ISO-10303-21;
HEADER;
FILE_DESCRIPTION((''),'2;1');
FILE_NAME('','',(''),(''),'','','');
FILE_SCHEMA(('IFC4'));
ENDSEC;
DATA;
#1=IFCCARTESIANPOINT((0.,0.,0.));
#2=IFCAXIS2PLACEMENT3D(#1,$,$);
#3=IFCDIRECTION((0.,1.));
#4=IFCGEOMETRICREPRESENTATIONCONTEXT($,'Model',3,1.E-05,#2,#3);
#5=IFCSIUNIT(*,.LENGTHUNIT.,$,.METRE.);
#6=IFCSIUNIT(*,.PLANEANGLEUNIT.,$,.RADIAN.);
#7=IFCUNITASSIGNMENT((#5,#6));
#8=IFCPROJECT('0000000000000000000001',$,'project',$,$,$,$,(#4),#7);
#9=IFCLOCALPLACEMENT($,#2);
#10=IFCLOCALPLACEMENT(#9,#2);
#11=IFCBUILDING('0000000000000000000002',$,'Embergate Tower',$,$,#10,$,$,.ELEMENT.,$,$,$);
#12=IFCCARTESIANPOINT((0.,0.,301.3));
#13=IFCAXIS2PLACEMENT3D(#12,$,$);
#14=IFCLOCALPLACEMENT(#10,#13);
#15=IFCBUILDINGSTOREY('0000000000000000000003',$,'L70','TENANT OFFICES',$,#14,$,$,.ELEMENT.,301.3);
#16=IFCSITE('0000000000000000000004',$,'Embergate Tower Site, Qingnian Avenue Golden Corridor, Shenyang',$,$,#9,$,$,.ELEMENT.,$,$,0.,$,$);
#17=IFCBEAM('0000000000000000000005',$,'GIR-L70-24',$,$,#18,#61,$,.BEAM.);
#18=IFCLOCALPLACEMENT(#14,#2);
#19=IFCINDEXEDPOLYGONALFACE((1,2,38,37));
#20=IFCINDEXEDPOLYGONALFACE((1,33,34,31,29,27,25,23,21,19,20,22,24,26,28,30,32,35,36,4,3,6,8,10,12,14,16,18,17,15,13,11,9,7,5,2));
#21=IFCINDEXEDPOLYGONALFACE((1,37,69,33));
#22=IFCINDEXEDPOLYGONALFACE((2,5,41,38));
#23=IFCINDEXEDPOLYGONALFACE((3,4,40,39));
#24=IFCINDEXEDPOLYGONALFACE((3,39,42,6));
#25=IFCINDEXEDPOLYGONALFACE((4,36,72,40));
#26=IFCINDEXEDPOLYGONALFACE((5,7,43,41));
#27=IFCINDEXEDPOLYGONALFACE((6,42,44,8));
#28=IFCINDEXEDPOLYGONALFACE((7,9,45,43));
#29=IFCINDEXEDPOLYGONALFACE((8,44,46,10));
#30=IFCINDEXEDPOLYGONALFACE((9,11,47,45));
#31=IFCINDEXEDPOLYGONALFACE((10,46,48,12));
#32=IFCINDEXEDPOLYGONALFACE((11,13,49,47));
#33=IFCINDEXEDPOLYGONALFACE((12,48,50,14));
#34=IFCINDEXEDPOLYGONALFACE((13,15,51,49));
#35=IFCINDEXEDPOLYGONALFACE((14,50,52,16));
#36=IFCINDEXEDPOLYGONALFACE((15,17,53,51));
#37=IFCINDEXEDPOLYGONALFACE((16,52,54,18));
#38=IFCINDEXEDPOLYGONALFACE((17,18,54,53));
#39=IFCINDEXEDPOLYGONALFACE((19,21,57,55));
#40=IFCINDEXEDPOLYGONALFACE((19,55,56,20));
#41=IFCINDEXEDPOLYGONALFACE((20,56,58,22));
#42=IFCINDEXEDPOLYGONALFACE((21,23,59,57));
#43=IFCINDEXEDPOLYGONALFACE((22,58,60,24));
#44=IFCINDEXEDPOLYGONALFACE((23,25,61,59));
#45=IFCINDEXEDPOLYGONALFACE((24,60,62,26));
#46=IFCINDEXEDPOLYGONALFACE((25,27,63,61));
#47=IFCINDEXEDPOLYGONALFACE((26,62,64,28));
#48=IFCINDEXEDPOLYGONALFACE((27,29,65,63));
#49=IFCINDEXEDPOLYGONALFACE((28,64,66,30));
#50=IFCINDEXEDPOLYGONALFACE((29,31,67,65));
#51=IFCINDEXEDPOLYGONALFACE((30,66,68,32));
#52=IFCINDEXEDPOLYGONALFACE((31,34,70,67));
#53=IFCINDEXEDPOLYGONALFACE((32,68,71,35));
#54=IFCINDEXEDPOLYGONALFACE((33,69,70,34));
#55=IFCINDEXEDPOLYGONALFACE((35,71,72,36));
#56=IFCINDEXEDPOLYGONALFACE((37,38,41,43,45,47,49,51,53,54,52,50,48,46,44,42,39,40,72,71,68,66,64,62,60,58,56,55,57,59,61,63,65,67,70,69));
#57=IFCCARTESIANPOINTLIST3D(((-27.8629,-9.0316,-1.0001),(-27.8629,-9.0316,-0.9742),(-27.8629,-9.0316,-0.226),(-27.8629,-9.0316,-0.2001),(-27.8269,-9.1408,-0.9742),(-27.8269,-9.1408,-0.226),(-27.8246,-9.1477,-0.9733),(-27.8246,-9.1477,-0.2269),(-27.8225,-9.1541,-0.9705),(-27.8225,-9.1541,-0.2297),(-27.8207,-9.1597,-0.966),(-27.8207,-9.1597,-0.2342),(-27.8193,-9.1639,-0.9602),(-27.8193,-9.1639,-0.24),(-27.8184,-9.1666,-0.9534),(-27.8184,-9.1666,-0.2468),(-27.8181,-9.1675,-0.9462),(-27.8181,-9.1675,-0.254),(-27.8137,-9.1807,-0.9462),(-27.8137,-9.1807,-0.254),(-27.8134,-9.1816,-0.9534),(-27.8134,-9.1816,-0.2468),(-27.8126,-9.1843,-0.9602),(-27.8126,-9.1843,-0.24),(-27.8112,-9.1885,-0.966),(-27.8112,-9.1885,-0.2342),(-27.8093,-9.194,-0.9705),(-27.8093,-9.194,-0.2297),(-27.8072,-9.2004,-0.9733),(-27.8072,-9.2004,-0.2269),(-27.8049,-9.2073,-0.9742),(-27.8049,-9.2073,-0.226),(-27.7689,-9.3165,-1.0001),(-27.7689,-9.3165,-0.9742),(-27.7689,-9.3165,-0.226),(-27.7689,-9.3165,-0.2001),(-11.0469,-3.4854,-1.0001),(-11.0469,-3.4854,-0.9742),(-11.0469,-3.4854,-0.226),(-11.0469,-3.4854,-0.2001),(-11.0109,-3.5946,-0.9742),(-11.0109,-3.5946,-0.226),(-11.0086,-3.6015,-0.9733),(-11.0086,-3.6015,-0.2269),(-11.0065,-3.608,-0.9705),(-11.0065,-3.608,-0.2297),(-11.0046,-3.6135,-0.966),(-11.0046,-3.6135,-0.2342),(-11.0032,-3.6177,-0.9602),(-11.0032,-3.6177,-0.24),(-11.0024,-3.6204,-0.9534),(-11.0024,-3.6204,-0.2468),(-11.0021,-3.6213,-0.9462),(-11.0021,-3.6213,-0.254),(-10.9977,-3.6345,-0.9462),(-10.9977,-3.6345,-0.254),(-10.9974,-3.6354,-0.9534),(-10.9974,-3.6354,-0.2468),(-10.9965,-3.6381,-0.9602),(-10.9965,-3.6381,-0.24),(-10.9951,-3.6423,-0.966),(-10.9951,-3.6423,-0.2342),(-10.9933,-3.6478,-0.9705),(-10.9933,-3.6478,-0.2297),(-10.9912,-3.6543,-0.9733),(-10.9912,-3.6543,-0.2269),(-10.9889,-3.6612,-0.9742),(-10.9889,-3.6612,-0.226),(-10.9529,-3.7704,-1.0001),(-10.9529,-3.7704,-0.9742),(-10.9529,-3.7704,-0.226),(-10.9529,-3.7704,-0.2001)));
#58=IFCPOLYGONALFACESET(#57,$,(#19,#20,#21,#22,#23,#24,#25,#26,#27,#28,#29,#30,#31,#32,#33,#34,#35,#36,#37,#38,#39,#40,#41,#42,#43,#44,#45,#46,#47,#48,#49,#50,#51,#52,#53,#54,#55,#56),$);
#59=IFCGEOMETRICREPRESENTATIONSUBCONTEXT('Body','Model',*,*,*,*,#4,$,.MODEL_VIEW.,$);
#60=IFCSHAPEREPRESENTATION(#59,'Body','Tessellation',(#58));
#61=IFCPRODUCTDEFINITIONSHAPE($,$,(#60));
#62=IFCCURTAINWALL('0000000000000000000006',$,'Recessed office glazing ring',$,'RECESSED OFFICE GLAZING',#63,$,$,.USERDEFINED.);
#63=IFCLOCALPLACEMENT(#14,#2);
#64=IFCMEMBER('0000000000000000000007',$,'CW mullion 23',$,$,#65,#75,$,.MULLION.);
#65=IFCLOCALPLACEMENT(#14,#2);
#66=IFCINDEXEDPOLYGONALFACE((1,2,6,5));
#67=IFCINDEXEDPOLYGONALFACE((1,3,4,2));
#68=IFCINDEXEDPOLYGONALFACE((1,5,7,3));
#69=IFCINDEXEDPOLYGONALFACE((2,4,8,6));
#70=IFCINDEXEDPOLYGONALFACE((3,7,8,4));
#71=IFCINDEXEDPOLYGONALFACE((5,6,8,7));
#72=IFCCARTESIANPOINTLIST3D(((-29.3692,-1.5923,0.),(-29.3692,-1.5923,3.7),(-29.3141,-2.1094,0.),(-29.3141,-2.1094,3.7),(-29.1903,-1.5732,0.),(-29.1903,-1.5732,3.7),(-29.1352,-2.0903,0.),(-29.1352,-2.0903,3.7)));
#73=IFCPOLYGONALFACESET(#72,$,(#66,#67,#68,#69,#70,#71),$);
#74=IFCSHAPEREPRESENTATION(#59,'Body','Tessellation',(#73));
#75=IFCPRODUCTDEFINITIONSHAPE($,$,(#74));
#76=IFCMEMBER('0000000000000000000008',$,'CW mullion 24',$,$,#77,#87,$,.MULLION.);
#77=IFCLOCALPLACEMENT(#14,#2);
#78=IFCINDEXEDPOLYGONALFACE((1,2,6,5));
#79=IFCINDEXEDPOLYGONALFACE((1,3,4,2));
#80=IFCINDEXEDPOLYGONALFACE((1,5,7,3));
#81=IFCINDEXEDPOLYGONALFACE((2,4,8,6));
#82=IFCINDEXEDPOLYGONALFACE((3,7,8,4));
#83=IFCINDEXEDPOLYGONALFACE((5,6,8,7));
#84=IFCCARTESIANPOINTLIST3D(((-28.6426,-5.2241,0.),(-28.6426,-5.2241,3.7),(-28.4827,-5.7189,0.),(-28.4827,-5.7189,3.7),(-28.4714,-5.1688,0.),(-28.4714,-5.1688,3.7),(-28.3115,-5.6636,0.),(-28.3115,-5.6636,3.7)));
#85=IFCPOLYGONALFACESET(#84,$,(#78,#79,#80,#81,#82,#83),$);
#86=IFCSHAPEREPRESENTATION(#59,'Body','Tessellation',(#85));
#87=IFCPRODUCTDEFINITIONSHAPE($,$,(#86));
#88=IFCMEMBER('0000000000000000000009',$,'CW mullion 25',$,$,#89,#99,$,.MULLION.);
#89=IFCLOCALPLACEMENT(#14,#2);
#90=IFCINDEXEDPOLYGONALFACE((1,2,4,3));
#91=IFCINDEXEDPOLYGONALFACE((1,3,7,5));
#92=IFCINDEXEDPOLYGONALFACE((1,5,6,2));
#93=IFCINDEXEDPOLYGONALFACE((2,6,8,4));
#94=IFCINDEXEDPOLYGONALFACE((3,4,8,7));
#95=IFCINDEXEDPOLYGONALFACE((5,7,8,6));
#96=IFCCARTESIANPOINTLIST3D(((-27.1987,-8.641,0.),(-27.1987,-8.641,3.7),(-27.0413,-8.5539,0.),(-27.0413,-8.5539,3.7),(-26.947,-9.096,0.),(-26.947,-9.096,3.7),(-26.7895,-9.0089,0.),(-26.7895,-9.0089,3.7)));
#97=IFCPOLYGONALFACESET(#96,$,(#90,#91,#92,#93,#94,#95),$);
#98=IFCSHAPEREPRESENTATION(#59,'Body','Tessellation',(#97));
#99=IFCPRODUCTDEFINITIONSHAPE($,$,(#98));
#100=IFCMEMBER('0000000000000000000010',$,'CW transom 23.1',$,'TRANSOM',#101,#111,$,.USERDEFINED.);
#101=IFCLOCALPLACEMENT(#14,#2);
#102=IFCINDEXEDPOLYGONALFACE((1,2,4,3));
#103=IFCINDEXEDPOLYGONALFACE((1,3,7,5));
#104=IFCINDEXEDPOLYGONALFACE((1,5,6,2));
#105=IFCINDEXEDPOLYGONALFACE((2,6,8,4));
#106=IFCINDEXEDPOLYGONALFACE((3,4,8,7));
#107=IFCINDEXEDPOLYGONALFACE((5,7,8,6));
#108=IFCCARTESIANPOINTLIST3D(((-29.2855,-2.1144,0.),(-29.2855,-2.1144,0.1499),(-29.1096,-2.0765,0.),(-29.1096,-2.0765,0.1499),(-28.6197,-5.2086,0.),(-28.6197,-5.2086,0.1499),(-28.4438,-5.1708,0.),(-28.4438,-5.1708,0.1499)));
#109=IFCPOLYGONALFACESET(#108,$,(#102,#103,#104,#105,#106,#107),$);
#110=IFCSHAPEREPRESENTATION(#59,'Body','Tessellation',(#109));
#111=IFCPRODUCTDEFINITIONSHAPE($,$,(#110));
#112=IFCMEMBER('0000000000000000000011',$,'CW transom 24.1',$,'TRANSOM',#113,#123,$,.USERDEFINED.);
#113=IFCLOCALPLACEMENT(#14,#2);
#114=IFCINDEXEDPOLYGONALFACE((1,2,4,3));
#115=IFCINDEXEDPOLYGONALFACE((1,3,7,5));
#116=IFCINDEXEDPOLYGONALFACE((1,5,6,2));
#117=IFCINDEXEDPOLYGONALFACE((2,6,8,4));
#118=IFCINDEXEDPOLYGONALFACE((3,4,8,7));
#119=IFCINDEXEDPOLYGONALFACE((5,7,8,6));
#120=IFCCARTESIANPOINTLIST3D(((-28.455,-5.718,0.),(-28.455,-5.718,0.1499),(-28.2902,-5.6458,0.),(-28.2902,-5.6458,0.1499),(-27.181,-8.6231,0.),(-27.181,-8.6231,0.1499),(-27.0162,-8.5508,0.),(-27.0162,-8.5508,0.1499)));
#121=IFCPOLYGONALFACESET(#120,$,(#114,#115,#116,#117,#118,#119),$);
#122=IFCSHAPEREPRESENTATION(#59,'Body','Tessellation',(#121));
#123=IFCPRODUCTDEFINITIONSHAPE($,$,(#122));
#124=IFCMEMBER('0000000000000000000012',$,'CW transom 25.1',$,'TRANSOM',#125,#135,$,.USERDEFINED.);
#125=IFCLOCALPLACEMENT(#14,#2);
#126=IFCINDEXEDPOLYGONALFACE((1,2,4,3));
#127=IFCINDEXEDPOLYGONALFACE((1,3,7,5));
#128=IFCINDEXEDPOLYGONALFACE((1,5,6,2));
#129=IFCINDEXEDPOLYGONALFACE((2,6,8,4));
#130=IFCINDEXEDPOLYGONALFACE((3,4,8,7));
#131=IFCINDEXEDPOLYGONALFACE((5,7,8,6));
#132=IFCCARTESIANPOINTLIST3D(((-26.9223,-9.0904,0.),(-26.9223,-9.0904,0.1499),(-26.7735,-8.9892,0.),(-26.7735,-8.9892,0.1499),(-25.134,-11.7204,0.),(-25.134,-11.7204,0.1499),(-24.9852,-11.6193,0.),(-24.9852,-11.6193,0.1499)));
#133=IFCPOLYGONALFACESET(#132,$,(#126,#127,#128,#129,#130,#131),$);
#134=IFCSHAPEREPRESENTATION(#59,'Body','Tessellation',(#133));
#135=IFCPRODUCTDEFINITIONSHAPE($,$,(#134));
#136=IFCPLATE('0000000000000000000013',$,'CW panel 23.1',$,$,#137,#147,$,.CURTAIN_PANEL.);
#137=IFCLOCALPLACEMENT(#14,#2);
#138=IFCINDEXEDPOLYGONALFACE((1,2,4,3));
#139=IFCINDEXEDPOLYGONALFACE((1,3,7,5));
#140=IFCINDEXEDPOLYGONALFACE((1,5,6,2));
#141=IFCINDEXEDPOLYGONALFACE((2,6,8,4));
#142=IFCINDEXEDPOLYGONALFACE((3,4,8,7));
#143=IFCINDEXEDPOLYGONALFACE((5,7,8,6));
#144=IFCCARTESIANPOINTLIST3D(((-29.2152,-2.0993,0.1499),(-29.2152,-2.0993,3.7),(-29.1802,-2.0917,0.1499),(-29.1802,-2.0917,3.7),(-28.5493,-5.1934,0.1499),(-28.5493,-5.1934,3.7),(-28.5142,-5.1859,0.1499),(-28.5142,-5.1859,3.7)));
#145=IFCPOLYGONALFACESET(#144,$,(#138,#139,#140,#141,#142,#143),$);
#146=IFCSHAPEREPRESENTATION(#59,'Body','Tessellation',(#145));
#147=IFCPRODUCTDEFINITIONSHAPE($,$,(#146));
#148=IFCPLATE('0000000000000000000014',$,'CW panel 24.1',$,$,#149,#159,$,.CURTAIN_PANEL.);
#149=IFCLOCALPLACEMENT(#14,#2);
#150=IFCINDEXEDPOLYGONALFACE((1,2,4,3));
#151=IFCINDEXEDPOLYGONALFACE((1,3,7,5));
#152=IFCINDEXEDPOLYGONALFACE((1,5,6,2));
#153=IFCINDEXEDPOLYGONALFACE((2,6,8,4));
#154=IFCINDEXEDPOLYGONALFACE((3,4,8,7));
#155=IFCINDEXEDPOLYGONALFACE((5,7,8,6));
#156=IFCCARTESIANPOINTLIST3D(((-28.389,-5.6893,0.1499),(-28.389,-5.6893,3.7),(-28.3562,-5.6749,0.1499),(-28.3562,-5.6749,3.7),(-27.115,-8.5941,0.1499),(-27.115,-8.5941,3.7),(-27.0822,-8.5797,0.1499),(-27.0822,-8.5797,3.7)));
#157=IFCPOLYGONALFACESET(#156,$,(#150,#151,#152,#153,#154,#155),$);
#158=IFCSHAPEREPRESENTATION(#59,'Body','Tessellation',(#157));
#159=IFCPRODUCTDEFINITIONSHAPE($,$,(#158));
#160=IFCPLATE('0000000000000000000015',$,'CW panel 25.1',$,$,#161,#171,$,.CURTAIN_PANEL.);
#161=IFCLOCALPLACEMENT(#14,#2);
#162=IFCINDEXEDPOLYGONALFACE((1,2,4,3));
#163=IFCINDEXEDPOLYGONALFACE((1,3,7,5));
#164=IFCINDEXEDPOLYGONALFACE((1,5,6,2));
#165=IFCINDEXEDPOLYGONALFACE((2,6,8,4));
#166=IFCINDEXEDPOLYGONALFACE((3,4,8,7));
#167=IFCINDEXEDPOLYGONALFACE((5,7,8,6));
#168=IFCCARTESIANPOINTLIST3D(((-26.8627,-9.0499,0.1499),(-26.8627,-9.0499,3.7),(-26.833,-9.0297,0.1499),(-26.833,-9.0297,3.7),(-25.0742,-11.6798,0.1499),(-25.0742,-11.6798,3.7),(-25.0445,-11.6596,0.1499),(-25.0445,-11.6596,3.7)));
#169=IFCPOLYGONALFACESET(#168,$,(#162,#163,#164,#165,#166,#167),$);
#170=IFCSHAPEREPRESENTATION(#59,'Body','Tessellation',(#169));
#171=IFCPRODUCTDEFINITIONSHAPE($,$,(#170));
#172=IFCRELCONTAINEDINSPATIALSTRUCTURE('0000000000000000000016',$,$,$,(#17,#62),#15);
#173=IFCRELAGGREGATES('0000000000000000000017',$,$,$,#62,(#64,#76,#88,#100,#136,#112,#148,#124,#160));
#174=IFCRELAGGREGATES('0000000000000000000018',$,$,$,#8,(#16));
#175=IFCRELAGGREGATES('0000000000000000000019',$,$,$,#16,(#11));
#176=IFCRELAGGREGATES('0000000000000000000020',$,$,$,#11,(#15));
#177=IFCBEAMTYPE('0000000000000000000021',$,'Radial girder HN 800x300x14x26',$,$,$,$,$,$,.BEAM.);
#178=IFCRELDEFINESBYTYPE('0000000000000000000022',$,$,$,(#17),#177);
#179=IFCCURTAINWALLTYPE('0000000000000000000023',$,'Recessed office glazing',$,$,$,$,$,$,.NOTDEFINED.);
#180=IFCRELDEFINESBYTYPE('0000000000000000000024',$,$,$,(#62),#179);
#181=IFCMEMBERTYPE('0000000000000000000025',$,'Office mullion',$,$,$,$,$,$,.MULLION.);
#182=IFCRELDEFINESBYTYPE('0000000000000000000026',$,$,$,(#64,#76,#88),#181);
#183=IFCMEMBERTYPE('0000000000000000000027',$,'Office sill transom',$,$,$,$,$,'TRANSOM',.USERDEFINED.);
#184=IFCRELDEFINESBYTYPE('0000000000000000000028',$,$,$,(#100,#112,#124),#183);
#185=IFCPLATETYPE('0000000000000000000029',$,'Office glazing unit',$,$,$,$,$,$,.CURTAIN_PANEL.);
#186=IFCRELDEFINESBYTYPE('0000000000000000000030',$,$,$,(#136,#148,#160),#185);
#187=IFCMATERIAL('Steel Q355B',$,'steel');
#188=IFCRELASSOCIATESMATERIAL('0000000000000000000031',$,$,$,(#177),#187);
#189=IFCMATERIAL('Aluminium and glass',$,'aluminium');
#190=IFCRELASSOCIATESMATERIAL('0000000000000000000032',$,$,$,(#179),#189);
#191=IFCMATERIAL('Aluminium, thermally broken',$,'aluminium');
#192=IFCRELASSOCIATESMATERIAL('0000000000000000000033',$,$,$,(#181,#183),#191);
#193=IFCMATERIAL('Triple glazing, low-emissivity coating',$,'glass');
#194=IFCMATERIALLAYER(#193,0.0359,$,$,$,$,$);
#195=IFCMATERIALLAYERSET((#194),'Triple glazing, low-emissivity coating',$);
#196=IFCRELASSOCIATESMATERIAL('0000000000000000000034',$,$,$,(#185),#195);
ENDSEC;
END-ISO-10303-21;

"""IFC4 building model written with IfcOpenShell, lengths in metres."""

from ifc_helpers import new_model, si_unit, direction, frame, origin, origin_2d, place, context, subcontext, project, spatial, rectangle, i_section, extrude, source, transform, mapped, material, layer, layer_set, material_profile, profile_set, type_object, element, aggregate, save


model = new_model("IFC4")

# Units and contexts
model_context = context("Model", 3, precision=1e-05, world=origin(), true_north=direction((0.0, 1.0)))
body_context = subcontext(model_context, "Body", "Model", "MODEL_VIEW")
ifc_project = project(units=[si_unit("LENGTHUNIT", "METRE"), si_unit("PLANEANGLEUNIT", "RADIAN")], contexts=[model_context])

# Site, building, storey
site_placement = place(None, origin())
site = spatial("IfcSite", under=ifc_project, at=site_placement, Name="Embergate Tower Site, Qingnian Avenue Golden Corridor, Shenyang", CompositionType="ELEMENT", RefElevation=0.0)
building_placement = place(site_placement, origin())
building = spatial("IfcBuilding", under=site, at=building_placement, Name="Embergate Tower", CompositionType="ELEMENT")
storey_placement = place(building_placement, frame((0.0, 0.0, 301.3)))
storey = spatial("IfcBuildingStorey", under=building, at=storey_placement, Name="L70", Description="TENANT OFFICES", CompositionType="ELEMENT", Elevation=301.3)

# Beam
ifc_material_1 = material(Name="Steel Q355B", Category="steel")
ifc_material_profile_1 = material_profile(ifc_material_1, i_section(OverallWidth=0.3, OverallDepth=0.8, WebThickness=0.0139, FlangeThickness=0.0259, FilletRadius=0.0281, at=origin_2d()), Name="HN 800x300x14x26")
ifc_profile_set_1 = profile_set([ifc_material_profile_1], Name="Steel Q355 grade B")
beam_type_1 = type_object("IfcBeamType", Name="Radial girder HN 800x300x14x26", PredefinedType="BEAM", material=ifc_profile_set_1)
shared_shape_1 = source(origin(), body_context, "Body", "SweptSolid", [
    extrude(i_section(OverallWidth=0.3, OverallDepth=0.8, WebThickness=0.0139, FlangeThickness=0.0259, FilletRadius=0.0281, at=origin_2d()), origin(), (0.0, 0.0, 1.0), 17.707),
])
beam_1_placement = place(storey_placement, frame((-27.8159, -9.1741, -0.6001), z_axis=(0.949681, 0.313219, 0.0), x_axis=(-0.313219, 0.949681, 0.0)))
element("IfcBeam", 1, at=beam_1_placement, inside=storey, type_object=beam_type_1, Name="GIR-L70-24", PredefinedType="BEAM", context=body_context, shape_type="MappedRepresentation", body=[
    mapped(shared_shape_1, transform((0.0, 0.0, 0.0))),
])

# Curtain wall, members, plates
ifc_material_2 = material(Name="Aluminium and glass", Category="aluminium")
curtain_wall_type = type_object("IfcCurtainWallType", Name="Recessed office glazing", PredefinedType="NOTDEFINED", material=ifc_material_2)
curtain_wall_placement = place(storey_placement, origin())
curtain_wall = element("IfcCurtainWall", 2, at=curtain_wall_placement, inside=storey, type_object=curtain_wall_type, Name="Recessed office glazing ring", ObjectType="RECESSED OFFICE GLAZING", PredefinedType="USERDEFINED")
ifc_material_3 = material(Name="Aluminium, thermally broken", Category="aluminium")
ifc_material_profile_2 = material_profile(ifc_material_3, rectangle(XDim=0.1799, YDim=0.52, at=origin_2d()), Name="AL 520x180")
ifc_profile_set_2 = profile_set([ifc_material_profile_2], Name="Aluminium, thermally broken")
member_type_1 = type_object("IfcMemberType", Name="Office mullion", PredefinedType="MULLION", material=ifc_profile_set_2)
shared_shape_2 = source(origin(), body_context, "Body", "SweptSolid", [
    extrude(rectangle(XDim=0.1799, YDim=0.52, at=origin_2d()), origin(), (0.0, 0.0, 1.0), 3.7),
])
member_1_placement = place(storey_placement, frame((-29.2522, -1.8413, 0.0), z_axis=(0.0, 0.0, 1.0), x_axis=(0.994384, 0.10583, 0.0)))
member_1 = element("IfcMember", 3, at=member_1_placement, type_object=member_type_1, Name="CW mullion 23", PredefinedType="MULLION", context=body_context, shape_type="MappedRepresentation", body=[
    mapped(shared_shape_2, transform((0.0, 0.0, 0.0))),
])
member_2_placement = place(storey_placement, frame((-28.4771, -5.4438, 0.0), z_axis=(0.0, 0.0, 1.0), x_axis=(0.951493, 0.307671, 0.0)))
member_2 = element("IfcMember", 4, at=member_2_placement, type_object=member_type_1, Name="CW mullion 24", PredefinedType="MULLION", context=body_context, shape_type="MappedRepresentation", body=[
    mapped(shared_shape_2, transform((0.0, 0.0, 0.0))),
])
member_3_placement = place(storey_placement, frame((-26.9941, -8.825, 0.0), z_axis=(0.0, 0.0, 1.0), x_axis=(0.874993, 0.484135, 0.0)))
member_3 = element("IfcMember", 5, at=member_3_placement, type_object=member_type_1, Name="CW mullion 25", PredefinedType="MULLION", context=body_context, shape_type="MappedRepresentation", body=[
    mapped(shared_shape_2, transform((0.0, 0.0, 0.0))),
])
ifc_material_profile_3 = material_profile(ifc_material_3, rectangle(XDim=0.1799, YDim=0.1499, at=origin_2d()), Name="AL 150x180")
ifc_profile_set_3 = profile_set([ifc_material_profile_3], Name="Aluminium, thermally broken")
member_type_2 = type_object("IfcMemberType", Name="Office sill transom", ElementType="TRANSOM", PredefinedType="USERDEFINED", material=ifc_profile_set_3)
shared_shape_3 = source(origin(), body_context, "Body", "SweptSolid", [
    extrude(rectangle(XDim=0.1799, YDim=0.1499, at=origin_2d()), origin(), (0.0, 0.0, 1.0), 3.165),
])
member_4_placement = place(storey_placement, frame((-29.1975, -2.0955, 0.075), z_axis=(0.210351, -0.977626, 0.0), x_axis=(0.977626, 0.210351, 0.0)))
member_4 = element("IfcMember", 6, at=member_4_placement, type_object=member_type_2, Name="CW transom 23.1", ObjectType="TRANSOM", PredefinedType="USERDEFINED", context=body_context, shape_type="MappedRepresentation", body=[
    mapped(shared_shape_3, transform((0.0, 0.0, 0.0))),
])
shared_shape_4 = source(origin(), body_context, "Body", "SweptSolid", [
    extrude(rectangle(XDim=0.1799, YDim=0.1499, at=origin_2d()), origin(), (0.0, 0.0, 1.0), 3.1721),
])
member_5_placement = place(storey_placement, frame((-28.3726, -5.6819, 0.075), z_axis=(0.401606, -0.915813, 0.0), x_axis=(0.915813, 0.401606, 0.0)))
member_5 = element("IfcMember", 7, at=member_5_placement, type_object=member_type_2, Name="CW transom 24.1", ObjectType="TRANSOM", PredefinedType="USERDEFINED", context=body_context, shape_type="MappedRepresentation", body=[
    mapped(shared_shape_4, transform((0.0, 0.0, 0.0))),
])
shared_shape_5 = source(origin(), body_context, "Body", "SweptSolid", [
    extrude(rectangle(XDim=0.1799, YDim=0.1499, at=origin_2d()), origin(), (0.0, 0.0, 1.0), 3.1804),
])
member_6_placement = place(storey_placement, frame((-26.8479, -9.0398, 0.075), z_axis=(0.562276, -0.826949, 0.0), x_axis=(0.826949, 0.562276, 0.0)))
member_6 = element("IfcMember", 8, at=member_6_placement, type_object=member_type_2, Name="CW transom 25.1", ObjectType="TRANSOM", PredefinedType="USERDEFINED", context=body_context, shape_type="MappedRepresentation", body=[
    mapped(shared_shape_5, transform((0.0, 0.0, 0.0))),
])
ifc_material_4 = material(Name="Triple glazing, low-emissivity coating", Category="glass")
ifc_layer_1 = layer(ifc_material_4, 0.0359)
ifc_layer_set_1 = layer_set([ifc_layer_1], Name="Triple glazing, low-emissivity coating")
plate_type = type_object("IfcPlateType", Name="Office glazing unit", PredefinedType="CURTAIN_PANEL", material=ifc_layer_set_1)
shared_shape_6 = source(origin(), body_context, "Body", "SweptSolid", [
    extrude(rectangle(XDim=3.165, YDim=0.0359, at=origin_2d()), origin(), (0.0, 0.0, 1.0), 3.55),
])
plate_1_placement = place(storey_placement, frame((-28.8647, -3.6426, 0.1499), z_axis=(0.0, 0.0, 1.0), x_axis=(0.210398, -0.977616, 0.0)))
plate_1 = element("IfcPlate", 9, at=plate_1_placement, type_object=plate_type, Name="CW panel 23.1", PredefinedType="CURTAIN_PANEL", context=body_context, shape_type="MappedRepresentation", body=[
    mapped(shared_shape_6, transform((0.0, 0.0, 0.0))),
])
shared_shape_7 = source(origin(), body_context, "Body", "SweptSolid", [
    extrude(rectangle(XDim=3.1719, YDim=0.0359, at=origin_2d()), origin(), (0.0, 0.0, 1.0), 3.55),
])
plate_2_placement = place(storey_placement, frame((-27.7356, -7.1345, 0.1499), z_axis=(0.0, 0.0, 1.0), x_axis=(0.401652, -0.915792, 0.0)))
plate_2 = element("IfcPlate", 10, at=plate_2_placement, type_object=plate_type, Name="CW panel 24.1", PredefinedType="CURTAIN_PANEL", context=body_context, shape_type="MappedRepresentation", body=[
    mapped(shared_shape_7, transform((0.0, 0.0, 0.0))),
])
shared_shape_8 = source(origin(), body_context, "Body", "SweptSolid", [
    extrude(rectangle(XDim=3.1804, YDim=0.0359, at=origin_2d()), origin(), (0.0, 0.0, 1.0), 3.55),
])
plate_3_placement = place(storey_placement, frame((-25.9536, -10.3547, 0.1499), z_axis=(0.0, 0.0, 1.0), x_axis=(0.562342, -0.826905, 0.0)))
plate_3 = element("IfcPlate", 11, at=plate_3_placement, type_object=plate_type, Name="CW panel 25.1", PredefinedType="CURTAIN_PANEL", context=body_context, shape_type="MappedRepresentation", body=[
    mapped(shared_shape_8, transform((0.0, 0.0, 0.0))),
])
aggregate(curtain_wall, [member_1, member_2, member_3, member_4, plate_1, member_5, plate_2, member_6, plate_3])

save(model, "model.ifc")
